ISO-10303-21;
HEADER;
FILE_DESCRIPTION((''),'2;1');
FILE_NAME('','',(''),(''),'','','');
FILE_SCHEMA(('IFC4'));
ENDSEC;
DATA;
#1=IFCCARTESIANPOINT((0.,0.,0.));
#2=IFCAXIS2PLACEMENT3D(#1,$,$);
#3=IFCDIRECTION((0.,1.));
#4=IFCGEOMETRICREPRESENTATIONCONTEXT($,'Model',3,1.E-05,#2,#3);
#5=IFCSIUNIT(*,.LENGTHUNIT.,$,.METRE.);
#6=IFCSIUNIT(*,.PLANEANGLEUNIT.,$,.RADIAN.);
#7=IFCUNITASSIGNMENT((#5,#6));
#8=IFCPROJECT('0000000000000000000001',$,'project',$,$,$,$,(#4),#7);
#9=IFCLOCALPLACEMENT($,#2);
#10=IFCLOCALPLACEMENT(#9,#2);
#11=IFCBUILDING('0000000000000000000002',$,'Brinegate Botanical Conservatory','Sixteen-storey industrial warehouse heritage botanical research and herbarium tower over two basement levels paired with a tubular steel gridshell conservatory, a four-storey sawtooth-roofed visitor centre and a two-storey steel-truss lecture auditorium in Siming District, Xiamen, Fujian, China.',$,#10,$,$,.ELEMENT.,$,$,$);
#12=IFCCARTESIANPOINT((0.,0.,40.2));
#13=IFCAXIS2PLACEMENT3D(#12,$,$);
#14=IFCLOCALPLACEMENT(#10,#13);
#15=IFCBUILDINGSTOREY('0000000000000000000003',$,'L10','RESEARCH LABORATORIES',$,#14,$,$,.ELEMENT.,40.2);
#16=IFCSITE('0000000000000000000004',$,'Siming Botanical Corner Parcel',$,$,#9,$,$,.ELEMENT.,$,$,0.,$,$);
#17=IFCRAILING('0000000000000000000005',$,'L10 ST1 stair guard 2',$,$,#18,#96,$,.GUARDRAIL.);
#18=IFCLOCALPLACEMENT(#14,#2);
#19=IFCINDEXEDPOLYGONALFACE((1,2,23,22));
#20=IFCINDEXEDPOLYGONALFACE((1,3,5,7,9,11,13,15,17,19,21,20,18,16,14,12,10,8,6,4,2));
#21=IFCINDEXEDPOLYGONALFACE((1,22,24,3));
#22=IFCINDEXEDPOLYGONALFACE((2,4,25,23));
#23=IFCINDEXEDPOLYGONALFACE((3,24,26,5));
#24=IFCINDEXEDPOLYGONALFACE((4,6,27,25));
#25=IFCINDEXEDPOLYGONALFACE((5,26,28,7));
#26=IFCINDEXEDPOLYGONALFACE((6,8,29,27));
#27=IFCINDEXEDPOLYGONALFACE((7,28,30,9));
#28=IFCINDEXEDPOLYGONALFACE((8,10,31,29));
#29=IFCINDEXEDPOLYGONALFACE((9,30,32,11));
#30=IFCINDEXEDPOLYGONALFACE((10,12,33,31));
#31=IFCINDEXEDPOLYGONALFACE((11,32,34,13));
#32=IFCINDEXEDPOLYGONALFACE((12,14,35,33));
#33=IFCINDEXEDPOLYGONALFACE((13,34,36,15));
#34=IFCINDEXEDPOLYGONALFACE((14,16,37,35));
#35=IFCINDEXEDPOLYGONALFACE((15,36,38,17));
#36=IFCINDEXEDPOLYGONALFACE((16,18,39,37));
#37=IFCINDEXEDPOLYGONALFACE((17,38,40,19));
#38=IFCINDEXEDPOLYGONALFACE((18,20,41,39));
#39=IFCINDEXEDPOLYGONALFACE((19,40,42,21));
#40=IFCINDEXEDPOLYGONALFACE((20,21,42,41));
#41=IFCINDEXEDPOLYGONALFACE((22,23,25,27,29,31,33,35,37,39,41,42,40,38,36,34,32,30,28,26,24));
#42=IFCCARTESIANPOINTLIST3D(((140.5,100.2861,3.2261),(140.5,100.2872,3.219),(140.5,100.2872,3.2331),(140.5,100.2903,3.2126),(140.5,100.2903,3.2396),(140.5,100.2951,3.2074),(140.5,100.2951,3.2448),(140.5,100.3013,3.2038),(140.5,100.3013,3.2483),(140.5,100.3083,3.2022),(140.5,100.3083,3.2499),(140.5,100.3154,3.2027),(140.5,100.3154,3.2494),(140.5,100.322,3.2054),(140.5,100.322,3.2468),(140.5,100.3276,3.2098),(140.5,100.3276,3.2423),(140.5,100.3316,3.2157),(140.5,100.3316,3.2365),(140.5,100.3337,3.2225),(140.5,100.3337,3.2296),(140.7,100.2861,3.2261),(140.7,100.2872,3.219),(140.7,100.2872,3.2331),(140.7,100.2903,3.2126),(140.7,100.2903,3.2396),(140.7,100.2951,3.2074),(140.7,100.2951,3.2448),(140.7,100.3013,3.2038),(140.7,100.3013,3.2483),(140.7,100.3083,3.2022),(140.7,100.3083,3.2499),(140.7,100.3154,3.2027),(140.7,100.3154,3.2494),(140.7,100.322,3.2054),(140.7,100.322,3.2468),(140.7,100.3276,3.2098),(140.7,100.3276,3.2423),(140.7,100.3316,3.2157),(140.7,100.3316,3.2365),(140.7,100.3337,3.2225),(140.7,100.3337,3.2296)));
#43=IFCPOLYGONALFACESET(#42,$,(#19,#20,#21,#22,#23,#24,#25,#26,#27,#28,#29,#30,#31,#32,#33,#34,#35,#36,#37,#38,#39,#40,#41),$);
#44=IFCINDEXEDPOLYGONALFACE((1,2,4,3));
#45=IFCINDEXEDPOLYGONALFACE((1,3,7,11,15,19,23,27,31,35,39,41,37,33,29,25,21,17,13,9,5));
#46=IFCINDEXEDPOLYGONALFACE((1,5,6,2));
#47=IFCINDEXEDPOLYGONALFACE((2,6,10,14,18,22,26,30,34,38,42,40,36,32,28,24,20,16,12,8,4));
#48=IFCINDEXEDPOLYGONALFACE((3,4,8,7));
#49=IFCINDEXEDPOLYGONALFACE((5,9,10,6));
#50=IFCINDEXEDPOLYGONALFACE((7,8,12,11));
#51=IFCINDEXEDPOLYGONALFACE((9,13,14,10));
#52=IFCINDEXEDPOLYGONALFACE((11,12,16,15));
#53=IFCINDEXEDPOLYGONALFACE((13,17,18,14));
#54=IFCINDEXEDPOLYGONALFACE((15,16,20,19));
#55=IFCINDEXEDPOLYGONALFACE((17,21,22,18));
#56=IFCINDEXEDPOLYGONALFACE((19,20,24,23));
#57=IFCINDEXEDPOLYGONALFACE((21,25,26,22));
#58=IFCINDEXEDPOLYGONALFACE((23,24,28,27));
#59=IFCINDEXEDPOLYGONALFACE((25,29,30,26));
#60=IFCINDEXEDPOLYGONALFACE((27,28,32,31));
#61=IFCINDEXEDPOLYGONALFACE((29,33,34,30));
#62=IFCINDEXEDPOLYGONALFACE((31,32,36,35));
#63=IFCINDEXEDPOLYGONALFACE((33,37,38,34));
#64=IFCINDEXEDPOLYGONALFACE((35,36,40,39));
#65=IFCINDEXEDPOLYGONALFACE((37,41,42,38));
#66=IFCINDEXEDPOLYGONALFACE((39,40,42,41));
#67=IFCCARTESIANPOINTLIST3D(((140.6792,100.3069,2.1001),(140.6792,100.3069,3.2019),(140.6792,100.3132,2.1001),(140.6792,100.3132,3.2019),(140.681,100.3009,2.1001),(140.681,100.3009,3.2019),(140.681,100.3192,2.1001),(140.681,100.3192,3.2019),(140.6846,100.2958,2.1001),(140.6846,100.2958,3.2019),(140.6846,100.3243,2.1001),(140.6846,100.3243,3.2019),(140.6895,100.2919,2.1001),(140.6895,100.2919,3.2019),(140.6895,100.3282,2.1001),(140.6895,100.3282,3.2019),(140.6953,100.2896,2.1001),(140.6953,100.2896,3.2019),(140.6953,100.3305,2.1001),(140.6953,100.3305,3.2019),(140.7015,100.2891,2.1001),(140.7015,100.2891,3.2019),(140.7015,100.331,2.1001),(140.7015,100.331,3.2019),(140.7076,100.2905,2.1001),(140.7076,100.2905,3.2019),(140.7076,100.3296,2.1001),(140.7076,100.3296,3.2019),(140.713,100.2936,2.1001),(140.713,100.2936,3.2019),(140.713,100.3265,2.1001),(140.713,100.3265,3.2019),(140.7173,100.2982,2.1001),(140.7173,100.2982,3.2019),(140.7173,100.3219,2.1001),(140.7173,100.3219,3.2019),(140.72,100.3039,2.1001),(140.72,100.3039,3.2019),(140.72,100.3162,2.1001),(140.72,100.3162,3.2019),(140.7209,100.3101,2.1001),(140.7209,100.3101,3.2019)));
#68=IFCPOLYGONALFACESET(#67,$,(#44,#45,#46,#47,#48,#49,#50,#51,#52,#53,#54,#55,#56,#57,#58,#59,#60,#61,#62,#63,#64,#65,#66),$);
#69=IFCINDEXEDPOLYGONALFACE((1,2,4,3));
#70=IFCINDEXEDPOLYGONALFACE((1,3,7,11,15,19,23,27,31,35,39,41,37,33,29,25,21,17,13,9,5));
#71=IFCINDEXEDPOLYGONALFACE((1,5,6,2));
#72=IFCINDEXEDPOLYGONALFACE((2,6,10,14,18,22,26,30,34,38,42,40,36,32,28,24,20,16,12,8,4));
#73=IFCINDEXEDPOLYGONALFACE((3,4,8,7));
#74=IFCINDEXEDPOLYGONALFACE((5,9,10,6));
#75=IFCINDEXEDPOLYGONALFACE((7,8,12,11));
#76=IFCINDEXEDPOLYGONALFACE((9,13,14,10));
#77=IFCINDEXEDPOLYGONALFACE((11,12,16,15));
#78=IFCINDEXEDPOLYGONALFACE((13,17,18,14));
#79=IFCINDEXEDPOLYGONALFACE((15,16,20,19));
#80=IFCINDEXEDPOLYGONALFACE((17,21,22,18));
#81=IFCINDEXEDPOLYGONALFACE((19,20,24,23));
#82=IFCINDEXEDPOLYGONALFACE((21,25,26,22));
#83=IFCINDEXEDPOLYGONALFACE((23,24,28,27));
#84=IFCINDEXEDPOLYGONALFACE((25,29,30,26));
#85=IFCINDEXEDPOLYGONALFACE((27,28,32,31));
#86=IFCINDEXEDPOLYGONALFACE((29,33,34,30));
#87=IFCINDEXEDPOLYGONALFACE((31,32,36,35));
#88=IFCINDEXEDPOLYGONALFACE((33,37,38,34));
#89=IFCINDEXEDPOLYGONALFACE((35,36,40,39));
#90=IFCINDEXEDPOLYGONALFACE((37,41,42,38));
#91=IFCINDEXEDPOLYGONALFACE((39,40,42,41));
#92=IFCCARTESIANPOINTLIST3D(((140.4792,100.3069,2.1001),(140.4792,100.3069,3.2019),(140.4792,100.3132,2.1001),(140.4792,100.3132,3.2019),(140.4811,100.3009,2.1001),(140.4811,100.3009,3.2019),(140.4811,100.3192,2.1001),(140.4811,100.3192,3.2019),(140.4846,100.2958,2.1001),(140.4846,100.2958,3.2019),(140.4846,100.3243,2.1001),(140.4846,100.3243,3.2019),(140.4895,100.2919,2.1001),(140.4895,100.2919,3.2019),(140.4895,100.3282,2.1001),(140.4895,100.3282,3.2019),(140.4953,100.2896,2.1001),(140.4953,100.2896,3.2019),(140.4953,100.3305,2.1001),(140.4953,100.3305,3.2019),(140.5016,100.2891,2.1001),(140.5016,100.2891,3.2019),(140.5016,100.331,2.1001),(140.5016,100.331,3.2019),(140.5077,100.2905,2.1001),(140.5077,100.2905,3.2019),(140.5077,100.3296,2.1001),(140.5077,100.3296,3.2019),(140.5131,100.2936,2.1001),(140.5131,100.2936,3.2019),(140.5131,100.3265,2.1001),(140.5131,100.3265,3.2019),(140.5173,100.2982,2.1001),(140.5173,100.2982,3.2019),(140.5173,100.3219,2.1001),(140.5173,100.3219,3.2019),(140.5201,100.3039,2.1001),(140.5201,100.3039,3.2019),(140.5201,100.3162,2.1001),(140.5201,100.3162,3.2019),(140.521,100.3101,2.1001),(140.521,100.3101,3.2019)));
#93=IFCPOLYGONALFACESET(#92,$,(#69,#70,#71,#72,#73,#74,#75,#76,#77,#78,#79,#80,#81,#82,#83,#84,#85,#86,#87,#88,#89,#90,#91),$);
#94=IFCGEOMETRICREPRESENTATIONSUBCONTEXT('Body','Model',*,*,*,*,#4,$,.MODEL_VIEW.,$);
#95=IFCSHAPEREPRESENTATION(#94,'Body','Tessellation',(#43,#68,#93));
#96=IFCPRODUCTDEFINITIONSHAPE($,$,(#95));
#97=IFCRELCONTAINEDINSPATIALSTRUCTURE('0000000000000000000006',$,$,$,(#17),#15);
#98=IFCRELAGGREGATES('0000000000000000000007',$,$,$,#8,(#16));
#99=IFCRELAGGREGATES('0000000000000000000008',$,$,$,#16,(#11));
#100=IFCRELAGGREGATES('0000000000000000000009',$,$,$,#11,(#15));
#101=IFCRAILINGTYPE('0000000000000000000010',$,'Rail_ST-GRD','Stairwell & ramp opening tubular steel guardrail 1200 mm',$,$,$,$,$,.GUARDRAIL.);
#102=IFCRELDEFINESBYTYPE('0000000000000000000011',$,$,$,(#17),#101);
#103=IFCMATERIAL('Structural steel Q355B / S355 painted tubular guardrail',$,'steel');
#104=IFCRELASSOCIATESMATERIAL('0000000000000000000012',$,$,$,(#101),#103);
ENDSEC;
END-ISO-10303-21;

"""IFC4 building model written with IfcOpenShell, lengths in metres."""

from ifc_helpers import new_model, si_unit, direction, frame, origin, origin_2d, place, context, subcontext, project, spatial, circle, extrude, material, type_object, element, save


model = new_model("IFC4")

# Units and contexts
model_context = context("Model", 3, precision=1e-05, world=origin(), true_north=direction((0.0, 1.0)))
body_context = subcontext(model_context, "Body", "Model", "MODEL_VIEW")
ifc_project = project(units=[si_unit("LENGTHUNIT", "METRE"), si_unit("PLANEANGLEUNIT", "RADIAN")], contexts=[model_context])

# Site, building, storey
site_placement = place(None, origin())
site = spatial("IfcSite", under=ifc_project, at=site_placement, Name="Siming Botanical Corner Parcel", CompositionType="ELEMENT", RefElevation=0.0)
building_placement = place(site_placement, origin())
building = spatial("IfcBuilding", under=site, at=building_placement, Name="Brinegate Botanical Conservatory", Description="Sixteen-storey industrial warehouse heritage botanical research and herbarium tower over two basement levels paired with a tubular steel gridshell conservatory, a four-storey sawtooth-roofed visitor centre and a two-storey steel-truss lecture auditorium in Siming District, Xiamen, Fujian, China.", CompositionType="ELEMENT")
storey_placement = place(building_placement, frame((0.0, 0.0, 40.2)))
storey = spatial("IfcBuildingStorey", under=building, at=storey_placement, Name="L10", Description="RESEARCH LABORATORIES", CompositionType="ELEMENT", Elevation=40.2)

# Railing
ifc_material_1 = material(Name="Structural steel Q355B / S355 painted tubular guardrail", Category="steel")
railing_type_1 = type_object("IfcRailingType", Name="Rail_ST-GRD", Description="Stairwell & ramp opening tubular steel guardrail 1200 mm", PredefinedType="GUARDRAIL", material=ifc_material_1)
railing_1_placement = place(storey_placement, frame((140.7, 100.3101, 2.1001)))
element("IfcRailing", 1, at=railing_1_placement, inside=storey, type_object=railing_type_1, Name="L10 ST1 stair guard 2", PredefinedType="GUARDRAIL", context=body_context, shape_type="SweptSolid", body=[
    extrude(circle(Radius=0.0239, at=origin_2d()), frame((0.0, 0.0, 1.126), z_axis=(-1.0, 0.0, 0.0), x_axis=(0.0, -1.0, 0.0)), (0.0, 0.0, 1.0), 0.2),
    extrude(circle(Radius=0.021, at=origin_2d()), origin(), (0.0, 0.0, 1.0), 1.1018),
    extrude(circle(Radius=0.021, at=origin_2d()), frame((-0.2, 0.0, 0.0)), (0.0, 0.0, 1.0), 1.1018),
])

save(model, "model.ifc")
